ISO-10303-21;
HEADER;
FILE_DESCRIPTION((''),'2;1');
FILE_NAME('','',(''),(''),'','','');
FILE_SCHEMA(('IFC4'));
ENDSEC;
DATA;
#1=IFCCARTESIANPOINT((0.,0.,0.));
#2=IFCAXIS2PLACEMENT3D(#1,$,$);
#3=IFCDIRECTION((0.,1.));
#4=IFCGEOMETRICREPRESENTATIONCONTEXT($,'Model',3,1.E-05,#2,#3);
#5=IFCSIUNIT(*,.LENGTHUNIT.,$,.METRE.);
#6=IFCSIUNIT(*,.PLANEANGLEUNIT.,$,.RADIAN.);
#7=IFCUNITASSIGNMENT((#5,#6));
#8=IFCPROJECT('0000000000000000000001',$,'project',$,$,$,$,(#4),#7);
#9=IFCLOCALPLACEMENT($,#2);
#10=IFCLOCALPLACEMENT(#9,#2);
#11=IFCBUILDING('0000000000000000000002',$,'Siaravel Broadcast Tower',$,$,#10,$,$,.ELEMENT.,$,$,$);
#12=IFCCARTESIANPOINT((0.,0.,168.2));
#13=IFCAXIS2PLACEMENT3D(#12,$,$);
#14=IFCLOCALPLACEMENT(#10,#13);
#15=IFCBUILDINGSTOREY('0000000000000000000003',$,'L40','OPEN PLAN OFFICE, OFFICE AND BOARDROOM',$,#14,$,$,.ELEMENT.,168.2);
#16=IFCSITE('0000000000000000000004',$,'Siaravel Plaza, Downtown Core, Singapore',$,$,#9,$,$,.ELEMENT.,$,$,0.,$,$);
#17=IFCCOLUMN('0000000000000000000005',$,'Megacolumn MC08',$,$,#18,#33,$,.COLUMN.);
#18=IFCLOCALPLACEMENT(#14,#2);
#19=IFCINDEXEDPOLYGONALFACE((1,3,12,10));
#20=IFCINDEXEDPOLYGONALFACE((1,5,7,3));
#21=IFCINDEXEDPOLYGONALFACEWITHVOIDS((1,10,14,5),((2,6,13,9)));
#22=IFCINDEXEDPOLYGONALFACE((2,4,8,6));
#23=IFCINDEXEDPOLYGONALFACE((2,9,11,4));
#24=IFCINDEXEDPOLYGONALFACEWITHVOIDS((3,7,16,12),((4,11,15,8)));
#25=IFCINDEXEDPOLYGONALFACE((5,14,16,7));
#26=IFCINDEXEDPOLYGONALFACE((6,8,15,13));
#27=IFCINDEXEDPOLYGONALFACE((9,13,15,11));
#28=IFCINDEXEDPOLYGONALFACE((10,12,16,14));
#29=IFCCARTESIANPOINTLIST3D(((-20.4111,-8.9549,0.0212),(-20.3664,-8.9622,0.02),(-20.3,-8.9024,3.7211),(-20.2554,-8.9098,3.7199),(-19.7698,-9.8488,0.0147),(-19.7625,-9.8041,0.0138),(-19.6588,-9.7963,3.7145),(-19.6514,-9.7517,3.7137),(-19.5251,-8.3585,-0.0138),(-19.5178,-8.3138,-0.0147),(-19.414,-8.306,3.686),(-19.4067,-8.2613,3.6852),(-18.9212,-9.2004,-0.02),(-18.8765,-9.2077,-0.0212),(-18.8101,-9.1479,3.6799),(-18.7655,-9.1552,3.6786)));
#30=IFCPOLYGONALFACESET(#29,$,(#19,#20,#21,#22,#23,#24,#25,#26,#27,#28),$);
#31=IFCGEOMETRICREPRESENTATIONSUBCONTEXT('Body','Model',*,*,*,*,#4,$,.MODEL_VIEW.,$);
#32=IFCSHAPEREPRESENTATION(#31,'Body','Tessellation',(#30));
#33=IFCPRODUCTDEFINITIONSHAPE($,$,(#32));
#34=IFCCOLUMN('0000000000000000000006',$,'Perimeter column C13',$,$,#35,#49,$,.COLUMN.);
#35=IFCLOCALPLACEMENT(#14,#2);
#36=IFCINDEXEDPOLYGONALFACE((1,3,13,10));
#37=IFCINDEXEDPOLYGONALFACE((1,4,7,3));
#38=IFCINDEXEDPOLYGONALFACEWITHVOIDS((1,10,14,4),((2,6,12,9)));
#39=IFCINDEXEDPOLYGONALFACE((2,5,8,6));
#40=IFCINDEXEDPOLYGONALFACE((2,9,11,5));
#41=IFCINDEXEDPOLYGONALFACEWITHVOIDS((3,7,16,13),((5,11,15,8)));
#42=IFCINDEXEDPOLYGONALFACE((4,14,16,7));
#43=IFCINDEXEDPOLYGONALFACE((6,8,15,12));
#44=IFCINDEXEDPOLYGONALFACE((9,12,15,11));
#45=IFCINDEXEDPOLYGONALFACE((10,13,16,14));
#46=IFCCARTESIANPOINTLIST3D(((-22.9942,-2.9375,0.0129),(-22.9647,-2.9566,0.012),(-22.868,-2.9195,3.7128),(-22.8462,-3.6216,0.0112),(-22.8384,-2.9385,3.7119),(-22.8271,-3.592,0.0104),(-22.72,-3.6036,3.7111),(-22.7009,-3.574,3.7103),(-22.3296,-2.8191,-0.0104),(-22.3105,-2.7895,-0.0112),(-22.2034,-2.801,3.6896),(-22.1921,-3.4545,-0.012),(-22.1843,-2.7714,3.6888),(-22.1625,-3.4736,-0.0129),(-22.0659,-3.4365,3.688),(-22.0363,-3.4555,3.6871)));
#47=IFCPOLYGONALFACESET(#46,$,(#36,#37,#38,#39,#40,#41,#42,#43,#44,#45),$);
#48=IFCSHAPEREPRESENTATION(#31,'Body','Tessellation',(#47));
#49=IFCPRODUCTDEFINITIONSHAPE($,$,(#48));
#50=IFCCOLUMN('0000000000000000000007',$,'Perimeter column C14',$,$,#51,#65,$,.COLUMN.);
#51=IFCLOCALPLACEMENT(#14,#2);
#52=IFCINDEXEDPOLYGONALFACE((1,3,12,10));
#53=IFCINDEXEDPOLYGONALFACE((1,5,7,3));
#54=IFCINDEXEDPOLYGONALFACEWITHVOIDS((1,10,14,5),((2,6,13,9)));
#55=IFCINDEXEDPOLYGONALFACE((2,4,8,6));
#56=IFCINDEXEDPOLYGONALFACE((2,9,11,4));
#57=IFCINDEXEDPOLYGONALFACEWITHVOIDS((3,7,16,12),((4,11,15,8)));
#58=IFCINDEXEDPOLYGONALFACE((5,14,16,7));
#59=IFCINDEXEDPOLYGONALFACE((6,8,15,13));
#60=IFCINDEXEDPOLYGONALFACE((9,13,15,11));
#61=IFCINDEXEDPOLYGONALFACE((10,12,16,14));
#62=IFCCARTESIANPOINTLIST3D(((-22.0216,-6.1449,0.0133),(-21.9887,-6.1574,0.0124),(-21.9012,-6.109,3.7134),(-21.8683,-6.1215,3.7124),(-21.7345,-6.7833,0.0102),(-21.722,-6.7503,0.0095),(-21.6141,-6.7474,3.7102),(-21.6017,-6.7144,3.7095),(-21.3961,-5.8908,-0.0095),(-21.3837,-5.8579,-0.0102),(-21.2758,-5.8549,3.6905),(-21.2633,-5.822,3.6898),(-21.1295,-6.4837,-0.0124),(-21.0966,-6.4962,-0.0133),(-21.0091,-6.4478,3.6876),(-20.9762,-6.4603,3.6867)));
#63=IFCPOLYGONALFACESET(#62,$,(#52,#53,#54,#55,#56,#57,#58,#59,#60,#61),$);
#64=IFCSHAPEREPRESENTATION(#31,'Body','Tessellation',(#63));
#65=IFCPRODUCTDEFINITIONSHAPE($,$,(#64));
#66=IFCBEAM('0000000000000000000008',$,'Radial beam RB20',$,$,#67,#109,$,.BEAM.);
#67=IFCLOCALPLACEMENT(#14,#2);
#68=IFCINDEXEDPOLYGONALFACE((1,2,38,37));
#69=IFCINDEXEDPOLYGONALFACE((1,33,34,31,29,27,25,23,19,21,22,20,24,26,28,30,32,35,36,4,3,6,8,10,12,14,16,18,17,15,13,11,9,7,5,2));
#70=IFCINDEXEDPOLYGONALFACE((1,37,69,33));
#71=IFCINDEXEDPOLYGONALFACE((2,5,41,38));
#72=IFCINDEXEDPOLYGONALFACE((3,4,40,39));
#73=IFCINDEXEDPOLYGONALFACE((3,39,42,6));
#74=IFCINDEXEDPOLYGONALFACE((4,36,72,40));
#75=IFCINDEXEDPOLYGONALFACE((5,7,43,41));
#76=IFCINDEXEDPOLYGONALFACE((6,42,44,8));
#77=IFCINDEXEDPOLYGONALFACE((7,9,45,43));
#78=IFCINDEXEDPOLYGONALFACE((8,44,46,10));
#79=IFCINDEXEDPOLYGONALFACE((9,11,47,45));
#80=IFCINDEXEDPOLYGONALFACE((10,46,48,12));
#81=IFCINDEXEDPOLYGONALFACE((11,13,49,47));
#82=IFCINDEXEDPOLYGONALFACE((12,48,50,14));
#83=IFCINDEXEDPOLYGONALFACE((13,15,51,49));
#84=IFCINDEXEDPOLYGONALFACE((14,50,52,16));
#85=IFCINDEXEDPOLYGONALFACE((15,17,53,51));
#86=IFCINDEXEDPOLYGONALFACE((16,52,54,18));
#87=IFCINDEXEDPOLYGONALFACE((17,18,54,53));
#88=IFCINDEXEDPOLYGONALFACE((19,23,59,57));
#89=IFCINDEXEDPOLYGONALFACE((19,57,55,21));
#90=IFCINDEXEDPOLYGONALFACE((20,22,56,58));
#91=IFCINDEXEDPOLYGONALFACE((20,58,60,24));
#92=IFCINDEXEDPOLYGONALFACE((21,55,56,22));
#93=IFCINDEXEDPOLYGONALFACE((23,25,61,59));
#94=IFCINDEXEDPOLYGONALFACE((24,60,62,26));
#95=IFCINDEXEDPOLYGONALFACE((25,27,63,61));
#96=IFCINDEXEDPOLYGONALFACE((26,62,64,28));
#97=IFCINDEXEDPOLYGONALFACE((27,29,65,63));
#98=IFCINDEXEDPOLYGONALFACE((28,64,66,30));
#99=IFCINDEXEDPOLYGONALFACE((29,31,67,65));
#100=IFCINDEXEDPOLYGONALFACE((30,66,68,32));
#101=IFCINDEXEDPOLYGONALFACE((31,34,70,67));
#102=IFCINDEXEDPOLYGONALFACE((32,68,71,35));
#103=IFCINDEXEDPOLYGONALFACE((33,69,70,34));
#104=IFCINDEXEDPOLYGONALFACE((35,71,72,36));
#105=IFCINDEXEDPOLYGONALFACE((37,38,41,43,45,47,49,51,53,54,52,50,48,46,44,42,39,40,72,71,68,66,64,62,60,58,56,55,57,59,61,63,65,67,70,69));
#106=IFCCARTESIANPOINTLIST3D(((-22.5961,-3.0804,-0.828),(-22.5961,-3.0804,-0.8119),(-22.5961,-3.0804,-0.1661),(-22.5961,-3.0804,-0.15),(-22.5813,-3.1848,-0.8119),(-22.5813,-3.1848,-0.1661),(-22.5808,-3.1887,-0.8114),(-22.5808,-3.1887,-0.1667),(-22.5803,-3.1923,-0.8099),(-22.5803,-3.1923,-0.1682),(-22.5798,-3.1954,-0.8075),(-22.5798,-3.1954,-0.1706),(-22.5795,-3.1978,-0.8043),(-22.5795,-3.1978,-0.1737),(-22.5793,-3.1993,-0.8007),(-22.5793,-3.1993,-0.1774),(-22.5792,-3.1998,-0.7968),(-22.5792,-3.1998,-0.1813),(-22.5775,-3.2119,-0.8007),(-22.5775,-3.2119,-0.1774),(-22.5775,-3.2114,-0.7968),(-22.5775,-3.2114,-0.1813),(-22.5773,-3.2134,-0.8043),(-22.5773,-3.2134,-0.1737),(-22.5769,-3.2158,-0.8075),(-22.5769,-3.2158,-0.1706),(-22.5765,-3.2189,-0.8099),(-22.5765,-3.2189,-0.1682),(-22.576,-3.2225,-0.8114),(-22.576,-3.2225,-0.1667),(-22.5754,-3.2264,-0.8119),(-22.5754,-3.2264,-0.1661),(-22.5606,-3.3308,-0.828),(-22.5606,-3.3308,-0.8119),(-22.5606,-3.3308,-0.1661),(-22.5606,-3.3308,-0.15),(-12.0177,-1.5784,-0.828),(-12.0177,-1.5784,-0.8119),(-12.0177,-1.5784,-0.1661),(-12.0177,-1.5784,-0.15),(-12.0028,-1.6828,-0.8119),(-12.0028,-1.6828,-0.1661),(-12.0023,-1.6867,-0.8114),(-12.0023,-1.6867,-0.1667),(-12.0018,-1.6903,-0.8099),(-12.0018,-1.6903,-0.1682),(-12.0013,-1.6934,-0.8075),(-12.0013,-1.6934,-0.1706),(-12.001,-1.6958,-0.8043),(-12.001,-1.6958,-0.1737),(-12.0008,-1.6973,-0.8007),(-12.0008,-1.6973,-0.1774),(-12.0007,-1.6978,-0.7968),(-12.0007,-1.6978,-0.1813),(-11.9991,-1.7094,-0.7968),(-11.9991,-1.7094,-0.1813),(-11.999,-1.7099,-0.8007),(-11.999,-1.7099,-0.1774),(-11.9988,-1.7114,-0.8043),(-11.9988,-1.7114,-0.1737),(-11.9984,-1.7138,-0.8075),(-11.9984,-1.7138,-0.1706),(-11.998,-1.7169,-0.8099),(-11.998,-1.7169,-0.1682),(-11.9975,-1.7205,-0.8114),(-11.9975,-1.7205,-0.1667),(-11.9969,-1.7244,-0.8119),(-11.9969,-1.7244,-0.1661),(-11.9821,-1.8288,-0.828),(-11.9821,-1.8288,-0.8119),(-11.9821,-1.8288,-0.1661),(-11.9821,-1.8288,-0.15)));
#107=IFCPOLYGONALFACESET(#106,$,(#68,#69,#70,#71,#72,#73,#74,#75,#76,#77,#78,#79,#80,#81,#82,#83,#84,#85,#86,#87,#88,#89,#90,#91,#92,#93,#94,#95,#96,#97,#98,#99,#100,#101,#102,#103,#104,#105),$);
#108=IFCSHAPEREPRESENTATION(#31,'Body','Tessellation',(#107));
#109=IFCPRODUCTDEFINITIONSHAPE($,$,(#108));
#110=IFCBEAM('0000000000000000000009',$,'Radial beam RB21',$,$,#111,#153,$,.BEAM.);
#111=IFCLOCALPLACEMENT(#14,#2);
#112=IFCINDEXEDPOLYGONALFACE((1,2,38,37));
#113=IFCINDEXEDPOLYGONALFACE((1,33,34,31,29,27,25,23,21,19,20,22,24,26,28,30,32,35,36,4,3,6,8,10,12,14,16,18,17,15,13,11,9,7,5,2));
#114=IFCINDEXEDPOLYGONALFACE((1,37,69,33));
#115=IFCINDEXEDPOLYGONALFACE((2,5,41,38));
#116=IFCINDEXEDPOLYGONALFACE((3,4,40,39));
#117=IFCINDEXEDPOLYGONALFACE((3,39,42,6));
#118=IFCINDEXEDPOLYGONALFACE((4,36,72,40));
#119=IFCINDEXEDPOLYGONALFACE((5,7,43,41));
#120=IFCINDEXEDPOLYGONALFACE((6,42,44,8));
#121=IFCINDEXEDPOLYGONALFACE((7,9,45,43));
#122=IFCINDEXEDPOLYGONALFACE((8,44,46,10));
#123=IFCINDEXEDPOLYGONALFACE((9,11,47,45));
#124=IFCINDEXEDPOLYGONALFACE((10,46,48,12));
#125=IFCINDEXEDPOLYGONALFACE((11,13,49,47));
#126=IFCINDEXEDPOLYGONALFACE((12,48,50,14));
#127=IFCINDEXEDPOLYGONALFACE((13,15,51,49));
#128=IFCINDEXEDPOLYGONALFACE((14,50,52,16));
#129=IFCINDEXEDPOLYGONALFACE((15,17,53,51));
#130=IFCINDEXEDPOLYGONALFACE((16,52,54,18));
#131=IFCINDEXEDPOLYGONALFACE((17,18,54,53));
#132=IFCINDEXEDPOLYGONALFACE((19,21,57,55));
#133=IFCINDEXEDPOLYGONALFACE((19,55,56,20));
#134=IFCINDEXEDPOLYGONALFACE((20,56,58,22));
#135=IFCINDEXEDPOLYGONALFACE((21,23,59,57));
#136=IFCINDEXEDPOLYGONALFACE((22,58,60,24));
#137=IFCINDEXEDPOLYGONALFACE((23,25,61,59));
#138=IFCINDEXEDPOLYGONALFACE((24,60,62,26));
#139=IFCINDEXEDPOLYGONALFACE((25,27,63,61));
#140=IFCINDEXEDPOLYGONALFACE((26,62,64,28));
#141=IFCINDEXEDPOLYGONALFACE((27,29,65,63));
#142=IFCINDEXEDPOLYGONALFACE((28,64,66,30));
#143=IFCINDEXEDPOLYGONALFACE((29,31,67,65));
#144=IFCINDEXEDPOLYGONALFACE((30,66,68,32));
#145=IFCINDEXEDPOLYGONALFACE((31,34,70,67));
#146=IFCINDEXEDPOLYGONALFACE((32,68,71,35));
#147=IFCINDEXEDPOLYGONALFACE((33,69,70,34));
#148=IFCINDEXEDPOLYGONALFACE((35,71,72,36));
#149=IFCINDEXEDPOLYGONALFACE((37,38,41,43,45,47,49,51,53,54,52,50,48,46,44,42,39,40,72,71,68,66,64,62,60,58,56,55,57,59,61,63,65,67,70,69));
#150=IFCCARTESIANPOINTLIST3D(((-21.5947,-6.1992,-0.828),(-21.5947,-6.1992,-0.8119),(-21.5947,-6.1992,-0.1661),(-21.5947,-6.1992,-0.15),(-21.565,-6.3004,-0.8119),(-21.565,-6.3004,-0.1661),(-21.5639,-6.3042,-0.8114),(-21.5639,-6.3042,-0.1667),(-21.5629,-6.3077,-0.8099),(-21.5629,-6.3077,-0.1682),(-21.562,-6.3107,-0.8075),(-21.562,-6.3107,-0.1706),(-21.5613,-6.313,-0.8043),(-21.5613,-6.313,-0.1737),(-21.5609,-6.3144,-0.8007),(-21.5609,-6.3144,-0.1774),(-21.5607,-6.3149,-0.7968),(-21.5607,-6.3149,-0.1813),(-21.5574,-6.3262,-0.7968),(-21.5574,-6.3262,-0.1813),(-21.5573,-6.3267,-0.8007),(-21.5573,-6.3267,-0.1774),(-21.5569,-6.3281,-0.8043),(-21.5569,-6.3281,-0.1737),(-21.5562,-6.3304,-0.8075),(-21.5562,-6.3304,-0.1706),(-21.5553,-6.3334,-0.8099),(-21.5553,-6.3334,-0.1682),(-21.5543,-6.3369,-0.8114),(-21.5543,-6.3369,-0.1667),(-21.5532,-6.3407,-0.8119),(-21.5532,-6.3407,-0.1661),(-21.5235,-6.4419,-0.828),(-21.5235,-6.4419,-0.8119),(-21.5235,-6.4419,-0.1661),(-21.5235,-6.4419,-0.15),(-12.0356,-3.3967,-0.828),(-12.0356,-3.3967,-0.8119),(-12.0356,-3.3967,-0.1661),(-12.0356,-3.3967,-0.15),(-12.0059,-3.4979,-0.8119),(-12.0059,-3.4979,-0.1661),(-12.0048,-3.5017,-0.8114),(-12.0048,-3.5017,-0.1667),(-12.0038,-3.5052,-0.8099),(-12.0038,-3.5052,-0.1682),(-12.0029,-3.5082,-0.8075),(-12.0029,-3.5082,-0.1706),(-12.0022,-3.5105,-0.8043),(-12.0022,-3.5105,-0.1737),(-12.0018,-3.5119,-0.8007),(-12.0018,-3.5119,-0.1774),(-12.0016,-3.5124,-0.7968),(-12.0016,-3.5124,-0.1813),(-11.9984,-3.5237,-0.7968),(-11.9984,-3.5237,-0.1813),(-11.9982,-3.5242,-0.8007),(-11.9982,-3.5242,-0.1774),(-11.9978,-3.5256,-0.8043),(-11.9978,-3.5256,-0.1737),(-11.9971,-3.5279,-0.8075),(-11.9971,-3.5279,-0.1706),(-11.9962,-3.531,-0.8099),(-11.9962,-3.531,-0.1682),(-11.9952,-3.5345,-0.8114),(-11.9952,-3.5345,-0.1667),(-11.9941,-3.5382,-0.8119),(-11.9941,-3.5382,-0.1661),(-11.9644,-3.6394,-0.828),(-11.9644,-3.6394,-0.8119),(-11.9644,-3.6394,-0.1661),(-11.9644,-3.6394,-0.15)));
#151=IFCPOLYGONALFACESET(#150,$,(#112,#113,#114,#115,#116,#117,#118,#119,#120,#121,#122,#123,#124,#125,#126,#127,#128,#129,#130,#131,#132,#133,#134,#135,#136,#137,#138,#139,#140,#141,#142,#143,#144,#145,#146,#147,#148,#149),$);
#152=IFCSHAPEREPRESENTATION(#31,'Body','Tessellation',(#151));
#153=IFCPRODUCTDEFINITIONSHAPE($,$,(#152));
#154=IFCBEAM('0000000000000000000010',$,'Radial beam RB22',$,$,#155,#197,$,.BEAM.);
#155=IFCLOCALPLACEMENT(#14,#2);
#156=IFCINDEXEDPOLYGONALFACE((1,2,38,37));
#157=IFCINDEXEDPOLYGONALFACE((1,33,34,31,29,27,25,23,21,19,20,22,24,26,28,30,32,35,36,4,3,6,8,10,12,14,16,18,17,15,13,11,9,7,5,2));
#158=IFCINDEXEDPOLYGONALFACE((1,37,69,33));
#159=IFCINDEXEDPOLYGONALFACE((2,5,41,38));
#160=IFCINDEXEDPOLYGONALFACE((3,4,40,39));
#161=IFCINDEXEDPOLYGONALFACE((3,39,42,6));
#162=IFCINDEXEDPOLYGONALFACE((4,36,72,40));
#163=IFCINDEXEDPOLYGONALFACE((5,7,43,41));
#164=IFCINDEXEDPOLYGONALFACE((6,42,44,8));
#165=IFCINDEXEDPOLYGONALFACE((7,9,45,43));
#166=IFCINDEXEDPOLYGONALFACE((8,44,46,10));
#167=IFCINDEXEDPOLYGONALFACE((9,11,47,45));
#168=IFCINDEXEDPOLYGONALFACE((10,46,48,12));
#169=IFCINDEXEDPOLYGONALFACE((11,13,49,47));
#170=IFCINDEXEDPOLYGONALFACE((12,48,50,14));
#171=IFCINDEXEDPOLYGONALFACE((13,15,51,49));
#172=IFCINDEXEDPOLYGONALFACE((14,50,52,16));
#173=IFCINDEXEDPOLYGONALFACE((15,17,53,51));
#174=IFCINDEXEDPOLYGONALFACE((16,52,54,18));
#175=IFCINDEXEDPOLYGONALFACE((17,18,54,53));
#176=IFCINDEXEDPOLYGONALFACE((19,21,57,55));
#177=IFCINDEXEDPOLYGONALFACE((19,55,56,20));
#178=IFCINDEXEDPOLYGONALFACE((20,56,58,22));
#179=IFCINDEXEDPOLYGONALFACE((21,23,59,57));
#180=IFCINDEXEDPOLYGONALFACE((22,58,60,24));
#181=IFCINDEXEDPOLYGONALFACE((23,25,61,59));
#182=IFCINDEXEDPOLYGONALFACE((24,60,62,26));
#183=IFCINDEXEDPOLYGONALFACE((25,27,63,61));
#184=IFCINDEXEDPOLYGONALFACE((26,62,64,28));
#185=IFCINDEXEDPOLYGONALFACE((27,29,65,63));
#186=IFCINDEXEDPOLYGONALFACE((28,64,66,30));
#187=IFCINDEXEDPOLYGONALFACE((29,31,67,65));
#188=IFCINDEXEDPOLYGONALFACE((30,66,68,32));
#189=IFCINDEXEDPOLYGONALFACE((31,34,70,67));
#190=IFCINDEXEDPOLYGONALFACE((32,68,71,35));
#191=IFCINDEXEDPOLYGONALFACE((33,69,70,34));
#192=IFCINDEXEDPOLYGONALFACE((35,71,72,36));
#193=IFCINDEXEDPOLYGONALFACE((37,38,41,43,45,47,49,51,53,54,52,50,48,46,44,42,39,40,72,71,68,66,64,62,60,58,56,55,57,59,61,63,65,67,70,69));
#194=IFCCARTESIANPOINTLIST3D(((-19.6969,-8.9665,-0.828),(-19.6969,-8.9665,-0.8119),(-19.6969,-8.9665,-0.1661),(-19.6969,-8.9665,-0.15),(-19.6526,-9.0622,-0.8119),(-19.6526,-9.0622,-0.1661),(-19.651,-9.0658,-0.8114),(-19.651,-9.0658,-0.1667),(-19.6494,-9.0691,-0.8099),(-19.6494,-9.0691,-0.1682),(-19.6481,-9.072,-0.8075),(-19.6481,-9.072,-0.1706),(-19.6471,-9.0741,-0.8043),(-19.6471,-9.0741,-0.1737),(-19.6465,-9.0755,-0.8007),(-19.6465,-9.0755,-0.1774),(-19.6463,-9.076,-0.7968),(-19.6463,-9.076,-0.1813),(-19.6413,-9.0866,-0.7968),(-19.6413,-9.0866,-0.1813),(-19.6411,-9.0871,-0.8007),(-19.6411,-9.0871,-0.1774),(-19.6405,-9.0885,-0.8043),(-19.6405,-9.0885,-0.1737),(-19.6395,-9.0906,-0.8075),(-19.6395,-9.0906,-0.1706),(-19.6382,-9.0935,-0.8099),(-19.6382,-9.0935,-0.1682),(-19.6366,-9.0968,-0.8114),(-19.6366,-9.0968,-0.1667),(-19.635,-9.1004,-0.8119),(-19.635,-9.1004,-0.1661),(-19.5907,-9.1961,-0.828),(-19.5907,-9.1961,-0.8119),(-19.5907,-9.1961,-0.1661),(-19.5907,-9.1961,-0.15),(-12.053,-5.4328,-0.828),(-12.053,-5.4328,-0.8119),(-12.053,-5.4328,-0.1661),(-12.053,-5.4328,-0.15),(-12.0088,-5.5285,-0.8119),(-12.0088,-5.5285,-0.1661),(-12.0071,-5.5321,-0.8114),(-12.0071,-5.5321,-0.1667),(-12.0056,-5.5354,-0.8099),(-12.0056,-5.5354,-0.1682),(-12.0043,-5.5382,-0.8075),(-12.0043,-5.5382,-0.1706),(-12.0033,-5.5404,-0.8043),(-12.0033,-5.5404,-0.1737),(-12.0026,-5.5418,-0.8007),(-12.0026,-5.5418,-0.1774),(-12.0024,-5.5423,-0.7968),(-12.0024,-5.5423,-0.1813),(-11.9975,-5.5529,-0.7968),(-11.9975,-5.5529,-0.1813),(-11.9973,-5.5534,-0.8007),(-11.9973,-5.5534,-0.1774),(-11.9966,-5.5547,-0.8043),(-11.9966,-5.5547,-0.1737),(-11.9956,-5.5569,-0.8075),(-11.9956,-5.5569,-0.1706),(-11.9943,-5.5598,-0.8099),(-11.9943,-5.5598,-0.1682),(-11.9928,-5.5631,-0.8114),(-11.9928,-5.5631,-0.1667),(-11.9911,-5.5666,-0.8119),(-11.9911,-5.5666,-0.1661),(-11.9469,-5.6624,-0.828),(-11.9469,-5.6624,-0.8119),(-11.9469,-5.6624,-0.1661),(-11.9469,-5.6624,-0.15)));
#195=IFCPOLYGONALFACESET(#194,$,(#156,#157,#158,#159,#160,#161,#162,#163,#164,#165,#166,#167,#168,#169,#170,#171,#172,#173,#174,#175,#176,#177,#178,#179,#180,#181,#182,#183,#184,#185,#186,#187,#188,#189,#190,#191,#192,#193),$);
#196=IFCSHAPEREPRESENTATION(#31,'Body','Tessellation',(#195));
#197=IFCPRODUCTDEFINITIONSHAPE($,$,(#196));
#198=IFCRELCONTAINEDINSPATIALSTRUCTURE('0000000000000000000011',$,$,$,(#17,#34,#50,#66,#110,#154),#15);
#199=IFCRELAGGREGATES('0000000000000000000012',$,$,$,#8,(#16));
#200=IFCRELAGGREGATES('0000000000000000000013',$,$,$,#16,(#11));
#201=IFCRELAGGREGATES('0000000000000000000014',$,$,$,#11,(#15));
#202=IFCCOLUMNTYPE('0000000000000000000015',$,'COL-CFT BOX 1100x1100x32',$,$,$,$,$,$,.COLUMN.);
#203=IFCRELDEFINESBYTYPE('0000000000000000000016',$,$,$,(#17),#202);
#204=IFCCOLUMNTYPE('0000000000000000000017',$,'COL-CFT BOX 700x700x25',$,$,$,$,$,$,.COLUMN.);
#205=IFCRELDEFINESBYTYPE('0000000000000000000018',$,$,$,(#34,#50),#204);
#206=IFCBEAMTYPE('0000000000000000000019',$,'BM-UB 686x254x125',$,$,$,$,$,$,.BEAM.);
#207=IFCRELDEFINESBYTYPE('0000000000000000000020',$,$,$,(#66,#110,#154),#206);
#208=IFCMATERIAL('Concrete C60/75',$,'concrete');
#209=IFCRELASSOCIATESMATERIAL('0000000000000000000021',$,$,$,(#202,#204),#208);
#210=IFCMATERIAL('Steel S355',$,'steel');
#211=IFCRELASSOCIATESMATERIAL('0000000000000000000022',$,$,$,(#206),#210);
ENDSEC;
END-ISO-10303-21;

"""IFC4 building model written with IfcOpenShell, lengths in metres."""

from ifc_helpers import new_model, si_unit, direction, frame, origin, origin_2d, place, context, subcontext, project, spatial, hollow_rectangle, i_section, extrude, material, material_profile, profile_set, type_object, element, save


model = new_model("IFC4")

# Units and contexts
model_context = context("Model", 3, precision=1e-05, world=origin(), true_north=direction((0.0, 1.0)))
body_context = subcontext(model_context, "Body", "Model", "MODEL_VIEW")
ifc_project = project(units=[si_unit("LENGTHUNIT", "METRE"), si_unit("PLANEANGLEUNIT", "RADIAN")], contexts=[model_context])

# Site, building, storey
site_placement = place(None, origin())
site = spatial("IfcSite", under=ifc_project, at=site_placement, Name="Siaravel Plaza, Downtown Core, Singapore", CompositionType="ELEMENT", RefElevation=0.0)
building_placement = place(site_placement, origin())
building = spatial("IfcBuilding", under=site, at=building_placement, Name="Siaravel Broadcast Tower", CompositionType="ELEMENT")
storey_placement = place(building_placement, frame((0.0, 0.0, 168.2)))
storey = spatial("IfcBuildingStorey", under=building, at=storey_placement, Name="L40", Description="OPEN PLAN OFFICE, OFFICE AND BOARDROOM", CompositionType="ELEMENT", Elevation=168.2)

# Columns
ifc_material_1 = material(Name="Concrete C60/75", Category="concrete")
ifc_material_profile_1 = material_profile(ifc_material_1, hollow_rectangle(XDim=1.1001, YDim=1.1001, WallThickness=0.032, at=origin_2d()))
ifc_profile_set_1 = profile_set([ifc_material_profile_1], Name="Concrete C60/75")
column_type_1 = type_object("IfcColumnType", Name="COL-CFT BOX 1100x1100x32", PredefinedType="COLUMN", material=ifc_profile_set_1)
column_placement = place(storey_placement, frame((-19.6438, -9.0813, 0.0), z_axis=(0.030007, 0.014179, 0.999449), x_axis=(-0.582871, 0.812543, 0.005972)))
element("IfcColumn", 1, at=column_placement, inside=storey, type_object=column_type_1, Name="Megacolumn MC08", PredefinedType="COLUMN", context=body_context, shape_type="SweptSolid", body=[
    extrude(hollow_rectangle(XDim=1.1001, YDim=1.1001, WallThickness=0.032, at=origin_2d()), origin(), (0.0, 0.0, 1.0), 3.7019),
])
ifc_material_profile_2 = material_profile(ifc_material_1, hollow_rectangle(XDim=0.7, YDim=0.7, WallThickness=0.0249, at=origin_2d()))
ifc_profile_set_2 = profile_set([ifc_material_profile_2], Name="Concrete C60/75")
column_type_2 = type_object("IfcColumnType", Name="COL-CFT BOX 700x700x25", PredefinedType="COLUMN", material=ifc_profile_set_2)
for number, where, z_axis, x_axis, name in (
    (2, (-22.5784, -3.2056, 0.0), (0.034094, 0.00488, 0.999407), (-0.211515, 0.977372, 0.002443), "Perimeter column C13"),
    (3, (-21.5591, -6.3206, 0.0), (0.032512, 0.009694, 0.999424), (-0.410188, 0.91199, 0.004498), "Perimeter column C14"),
):
    element("IfcColumn", number, at=place(storey_placement, frame(where, z_axis=z_axis, x_axis=x_axis)), inside=storey, type_object=column_type_2, Name=name, PredefinedType="COLUMN", context=body_context, shape_type="SweptSolid", body=[
        extrude(hollow_rectangle(XDim=0.7, YDim=0.7, WallThickness=0.0249, at=origin_2d()), origin(), (0.0, 0.0, 1.0), 3.7021),
    ])

# Beams
ifc_material_2 = material(Name="Steel S355", Category="steel")
ifc_material_profile_3 = material_profile(ifc_material_2, i_section(OverallWidth=0.2529, OverallDepth=0.678, WebThickness=0.0117, FlangeThickness=0.0161, FilletRadius=0.0151, at=origin_2d()))
ifc_profile_set_3 = profile_set([ifc_material_profile_3], Name="Steel S355")
beam_type = type_object("IfcBeamType", Name="BM-UB 686x254x125", PredefinedType="BEAM", material=ifc_profile_set_3)
beam_1_placement = place(storey_placement, frame((-22.5784, -3.2056, -0.489), z_axis=(0.99007, 0.140574, 0.0), x_axis=(-0.140574, 0.99007, 0.0)))
element("IfcBeam", 4, at=beam_1_placement, inside=storey, type_object=beam_type, Name="Radial beam RB20", PredefinedType="BEAM", context=body_context, shape_type="SweptSolid", body=[
    extrude(i_section(OverallWidth=0.2529, OverallDepth=0.678, WebThickness=0.0117, FlangeThickness=0.0161, FilletRadius=0.0151, at=origin_2d()), origin(), (0.0, 0.0, 1.0), 10.6846),
])
beam_2_placement = place(storey_placement, frame((-21.5591, -6.3206, -0.489), z_axis=(0.95961, 0.281334, 0.0), x_axis=(-0.281334, 0.95961, 0.0)))
element("IfcBeam", 5, at=beam_2_placement, inside=storey, type_object=beam_type, Name="Radial beam RB21", PredefinedType="BEAM", context=body_context, shape_type="SweptSolid", body=[
    extrude(i_section(OverallWidth=0.2529, OverallDepth=0.678, WebThickness=0.0117, FlangeThickness=0.0161, FilletRadius=0.0151, at=origin_2d()), origin(), (0.0, 0.0, 1.0), 9.9614),
])
beam_3_placement = place(storey_placement, frame((-19.6438, -9.0813, -0.489), z_axis=(0.907698, 0.419624, 0.0), x_axis=(-0.419624, 0.907698, 0.0)))
element("IfcBeam", 6, at=beam_3_placement, inside=storey, type_object=beam_type, Name="Radial beam RB22", PredefinedType="BEAM", context=body_context, shape_type="SweptSolid", body=[
    extrude(i_section(OverallWidth=0.2529, OverallDepth=0.678, WebThickness=0.0117, FlangeThickness=0.0161, FilletRadius=0.0151, at=origin_2d()), origin(), (0.0, 0.0, 1.0), 8.4211),
])

save(model, "model.ifc")
